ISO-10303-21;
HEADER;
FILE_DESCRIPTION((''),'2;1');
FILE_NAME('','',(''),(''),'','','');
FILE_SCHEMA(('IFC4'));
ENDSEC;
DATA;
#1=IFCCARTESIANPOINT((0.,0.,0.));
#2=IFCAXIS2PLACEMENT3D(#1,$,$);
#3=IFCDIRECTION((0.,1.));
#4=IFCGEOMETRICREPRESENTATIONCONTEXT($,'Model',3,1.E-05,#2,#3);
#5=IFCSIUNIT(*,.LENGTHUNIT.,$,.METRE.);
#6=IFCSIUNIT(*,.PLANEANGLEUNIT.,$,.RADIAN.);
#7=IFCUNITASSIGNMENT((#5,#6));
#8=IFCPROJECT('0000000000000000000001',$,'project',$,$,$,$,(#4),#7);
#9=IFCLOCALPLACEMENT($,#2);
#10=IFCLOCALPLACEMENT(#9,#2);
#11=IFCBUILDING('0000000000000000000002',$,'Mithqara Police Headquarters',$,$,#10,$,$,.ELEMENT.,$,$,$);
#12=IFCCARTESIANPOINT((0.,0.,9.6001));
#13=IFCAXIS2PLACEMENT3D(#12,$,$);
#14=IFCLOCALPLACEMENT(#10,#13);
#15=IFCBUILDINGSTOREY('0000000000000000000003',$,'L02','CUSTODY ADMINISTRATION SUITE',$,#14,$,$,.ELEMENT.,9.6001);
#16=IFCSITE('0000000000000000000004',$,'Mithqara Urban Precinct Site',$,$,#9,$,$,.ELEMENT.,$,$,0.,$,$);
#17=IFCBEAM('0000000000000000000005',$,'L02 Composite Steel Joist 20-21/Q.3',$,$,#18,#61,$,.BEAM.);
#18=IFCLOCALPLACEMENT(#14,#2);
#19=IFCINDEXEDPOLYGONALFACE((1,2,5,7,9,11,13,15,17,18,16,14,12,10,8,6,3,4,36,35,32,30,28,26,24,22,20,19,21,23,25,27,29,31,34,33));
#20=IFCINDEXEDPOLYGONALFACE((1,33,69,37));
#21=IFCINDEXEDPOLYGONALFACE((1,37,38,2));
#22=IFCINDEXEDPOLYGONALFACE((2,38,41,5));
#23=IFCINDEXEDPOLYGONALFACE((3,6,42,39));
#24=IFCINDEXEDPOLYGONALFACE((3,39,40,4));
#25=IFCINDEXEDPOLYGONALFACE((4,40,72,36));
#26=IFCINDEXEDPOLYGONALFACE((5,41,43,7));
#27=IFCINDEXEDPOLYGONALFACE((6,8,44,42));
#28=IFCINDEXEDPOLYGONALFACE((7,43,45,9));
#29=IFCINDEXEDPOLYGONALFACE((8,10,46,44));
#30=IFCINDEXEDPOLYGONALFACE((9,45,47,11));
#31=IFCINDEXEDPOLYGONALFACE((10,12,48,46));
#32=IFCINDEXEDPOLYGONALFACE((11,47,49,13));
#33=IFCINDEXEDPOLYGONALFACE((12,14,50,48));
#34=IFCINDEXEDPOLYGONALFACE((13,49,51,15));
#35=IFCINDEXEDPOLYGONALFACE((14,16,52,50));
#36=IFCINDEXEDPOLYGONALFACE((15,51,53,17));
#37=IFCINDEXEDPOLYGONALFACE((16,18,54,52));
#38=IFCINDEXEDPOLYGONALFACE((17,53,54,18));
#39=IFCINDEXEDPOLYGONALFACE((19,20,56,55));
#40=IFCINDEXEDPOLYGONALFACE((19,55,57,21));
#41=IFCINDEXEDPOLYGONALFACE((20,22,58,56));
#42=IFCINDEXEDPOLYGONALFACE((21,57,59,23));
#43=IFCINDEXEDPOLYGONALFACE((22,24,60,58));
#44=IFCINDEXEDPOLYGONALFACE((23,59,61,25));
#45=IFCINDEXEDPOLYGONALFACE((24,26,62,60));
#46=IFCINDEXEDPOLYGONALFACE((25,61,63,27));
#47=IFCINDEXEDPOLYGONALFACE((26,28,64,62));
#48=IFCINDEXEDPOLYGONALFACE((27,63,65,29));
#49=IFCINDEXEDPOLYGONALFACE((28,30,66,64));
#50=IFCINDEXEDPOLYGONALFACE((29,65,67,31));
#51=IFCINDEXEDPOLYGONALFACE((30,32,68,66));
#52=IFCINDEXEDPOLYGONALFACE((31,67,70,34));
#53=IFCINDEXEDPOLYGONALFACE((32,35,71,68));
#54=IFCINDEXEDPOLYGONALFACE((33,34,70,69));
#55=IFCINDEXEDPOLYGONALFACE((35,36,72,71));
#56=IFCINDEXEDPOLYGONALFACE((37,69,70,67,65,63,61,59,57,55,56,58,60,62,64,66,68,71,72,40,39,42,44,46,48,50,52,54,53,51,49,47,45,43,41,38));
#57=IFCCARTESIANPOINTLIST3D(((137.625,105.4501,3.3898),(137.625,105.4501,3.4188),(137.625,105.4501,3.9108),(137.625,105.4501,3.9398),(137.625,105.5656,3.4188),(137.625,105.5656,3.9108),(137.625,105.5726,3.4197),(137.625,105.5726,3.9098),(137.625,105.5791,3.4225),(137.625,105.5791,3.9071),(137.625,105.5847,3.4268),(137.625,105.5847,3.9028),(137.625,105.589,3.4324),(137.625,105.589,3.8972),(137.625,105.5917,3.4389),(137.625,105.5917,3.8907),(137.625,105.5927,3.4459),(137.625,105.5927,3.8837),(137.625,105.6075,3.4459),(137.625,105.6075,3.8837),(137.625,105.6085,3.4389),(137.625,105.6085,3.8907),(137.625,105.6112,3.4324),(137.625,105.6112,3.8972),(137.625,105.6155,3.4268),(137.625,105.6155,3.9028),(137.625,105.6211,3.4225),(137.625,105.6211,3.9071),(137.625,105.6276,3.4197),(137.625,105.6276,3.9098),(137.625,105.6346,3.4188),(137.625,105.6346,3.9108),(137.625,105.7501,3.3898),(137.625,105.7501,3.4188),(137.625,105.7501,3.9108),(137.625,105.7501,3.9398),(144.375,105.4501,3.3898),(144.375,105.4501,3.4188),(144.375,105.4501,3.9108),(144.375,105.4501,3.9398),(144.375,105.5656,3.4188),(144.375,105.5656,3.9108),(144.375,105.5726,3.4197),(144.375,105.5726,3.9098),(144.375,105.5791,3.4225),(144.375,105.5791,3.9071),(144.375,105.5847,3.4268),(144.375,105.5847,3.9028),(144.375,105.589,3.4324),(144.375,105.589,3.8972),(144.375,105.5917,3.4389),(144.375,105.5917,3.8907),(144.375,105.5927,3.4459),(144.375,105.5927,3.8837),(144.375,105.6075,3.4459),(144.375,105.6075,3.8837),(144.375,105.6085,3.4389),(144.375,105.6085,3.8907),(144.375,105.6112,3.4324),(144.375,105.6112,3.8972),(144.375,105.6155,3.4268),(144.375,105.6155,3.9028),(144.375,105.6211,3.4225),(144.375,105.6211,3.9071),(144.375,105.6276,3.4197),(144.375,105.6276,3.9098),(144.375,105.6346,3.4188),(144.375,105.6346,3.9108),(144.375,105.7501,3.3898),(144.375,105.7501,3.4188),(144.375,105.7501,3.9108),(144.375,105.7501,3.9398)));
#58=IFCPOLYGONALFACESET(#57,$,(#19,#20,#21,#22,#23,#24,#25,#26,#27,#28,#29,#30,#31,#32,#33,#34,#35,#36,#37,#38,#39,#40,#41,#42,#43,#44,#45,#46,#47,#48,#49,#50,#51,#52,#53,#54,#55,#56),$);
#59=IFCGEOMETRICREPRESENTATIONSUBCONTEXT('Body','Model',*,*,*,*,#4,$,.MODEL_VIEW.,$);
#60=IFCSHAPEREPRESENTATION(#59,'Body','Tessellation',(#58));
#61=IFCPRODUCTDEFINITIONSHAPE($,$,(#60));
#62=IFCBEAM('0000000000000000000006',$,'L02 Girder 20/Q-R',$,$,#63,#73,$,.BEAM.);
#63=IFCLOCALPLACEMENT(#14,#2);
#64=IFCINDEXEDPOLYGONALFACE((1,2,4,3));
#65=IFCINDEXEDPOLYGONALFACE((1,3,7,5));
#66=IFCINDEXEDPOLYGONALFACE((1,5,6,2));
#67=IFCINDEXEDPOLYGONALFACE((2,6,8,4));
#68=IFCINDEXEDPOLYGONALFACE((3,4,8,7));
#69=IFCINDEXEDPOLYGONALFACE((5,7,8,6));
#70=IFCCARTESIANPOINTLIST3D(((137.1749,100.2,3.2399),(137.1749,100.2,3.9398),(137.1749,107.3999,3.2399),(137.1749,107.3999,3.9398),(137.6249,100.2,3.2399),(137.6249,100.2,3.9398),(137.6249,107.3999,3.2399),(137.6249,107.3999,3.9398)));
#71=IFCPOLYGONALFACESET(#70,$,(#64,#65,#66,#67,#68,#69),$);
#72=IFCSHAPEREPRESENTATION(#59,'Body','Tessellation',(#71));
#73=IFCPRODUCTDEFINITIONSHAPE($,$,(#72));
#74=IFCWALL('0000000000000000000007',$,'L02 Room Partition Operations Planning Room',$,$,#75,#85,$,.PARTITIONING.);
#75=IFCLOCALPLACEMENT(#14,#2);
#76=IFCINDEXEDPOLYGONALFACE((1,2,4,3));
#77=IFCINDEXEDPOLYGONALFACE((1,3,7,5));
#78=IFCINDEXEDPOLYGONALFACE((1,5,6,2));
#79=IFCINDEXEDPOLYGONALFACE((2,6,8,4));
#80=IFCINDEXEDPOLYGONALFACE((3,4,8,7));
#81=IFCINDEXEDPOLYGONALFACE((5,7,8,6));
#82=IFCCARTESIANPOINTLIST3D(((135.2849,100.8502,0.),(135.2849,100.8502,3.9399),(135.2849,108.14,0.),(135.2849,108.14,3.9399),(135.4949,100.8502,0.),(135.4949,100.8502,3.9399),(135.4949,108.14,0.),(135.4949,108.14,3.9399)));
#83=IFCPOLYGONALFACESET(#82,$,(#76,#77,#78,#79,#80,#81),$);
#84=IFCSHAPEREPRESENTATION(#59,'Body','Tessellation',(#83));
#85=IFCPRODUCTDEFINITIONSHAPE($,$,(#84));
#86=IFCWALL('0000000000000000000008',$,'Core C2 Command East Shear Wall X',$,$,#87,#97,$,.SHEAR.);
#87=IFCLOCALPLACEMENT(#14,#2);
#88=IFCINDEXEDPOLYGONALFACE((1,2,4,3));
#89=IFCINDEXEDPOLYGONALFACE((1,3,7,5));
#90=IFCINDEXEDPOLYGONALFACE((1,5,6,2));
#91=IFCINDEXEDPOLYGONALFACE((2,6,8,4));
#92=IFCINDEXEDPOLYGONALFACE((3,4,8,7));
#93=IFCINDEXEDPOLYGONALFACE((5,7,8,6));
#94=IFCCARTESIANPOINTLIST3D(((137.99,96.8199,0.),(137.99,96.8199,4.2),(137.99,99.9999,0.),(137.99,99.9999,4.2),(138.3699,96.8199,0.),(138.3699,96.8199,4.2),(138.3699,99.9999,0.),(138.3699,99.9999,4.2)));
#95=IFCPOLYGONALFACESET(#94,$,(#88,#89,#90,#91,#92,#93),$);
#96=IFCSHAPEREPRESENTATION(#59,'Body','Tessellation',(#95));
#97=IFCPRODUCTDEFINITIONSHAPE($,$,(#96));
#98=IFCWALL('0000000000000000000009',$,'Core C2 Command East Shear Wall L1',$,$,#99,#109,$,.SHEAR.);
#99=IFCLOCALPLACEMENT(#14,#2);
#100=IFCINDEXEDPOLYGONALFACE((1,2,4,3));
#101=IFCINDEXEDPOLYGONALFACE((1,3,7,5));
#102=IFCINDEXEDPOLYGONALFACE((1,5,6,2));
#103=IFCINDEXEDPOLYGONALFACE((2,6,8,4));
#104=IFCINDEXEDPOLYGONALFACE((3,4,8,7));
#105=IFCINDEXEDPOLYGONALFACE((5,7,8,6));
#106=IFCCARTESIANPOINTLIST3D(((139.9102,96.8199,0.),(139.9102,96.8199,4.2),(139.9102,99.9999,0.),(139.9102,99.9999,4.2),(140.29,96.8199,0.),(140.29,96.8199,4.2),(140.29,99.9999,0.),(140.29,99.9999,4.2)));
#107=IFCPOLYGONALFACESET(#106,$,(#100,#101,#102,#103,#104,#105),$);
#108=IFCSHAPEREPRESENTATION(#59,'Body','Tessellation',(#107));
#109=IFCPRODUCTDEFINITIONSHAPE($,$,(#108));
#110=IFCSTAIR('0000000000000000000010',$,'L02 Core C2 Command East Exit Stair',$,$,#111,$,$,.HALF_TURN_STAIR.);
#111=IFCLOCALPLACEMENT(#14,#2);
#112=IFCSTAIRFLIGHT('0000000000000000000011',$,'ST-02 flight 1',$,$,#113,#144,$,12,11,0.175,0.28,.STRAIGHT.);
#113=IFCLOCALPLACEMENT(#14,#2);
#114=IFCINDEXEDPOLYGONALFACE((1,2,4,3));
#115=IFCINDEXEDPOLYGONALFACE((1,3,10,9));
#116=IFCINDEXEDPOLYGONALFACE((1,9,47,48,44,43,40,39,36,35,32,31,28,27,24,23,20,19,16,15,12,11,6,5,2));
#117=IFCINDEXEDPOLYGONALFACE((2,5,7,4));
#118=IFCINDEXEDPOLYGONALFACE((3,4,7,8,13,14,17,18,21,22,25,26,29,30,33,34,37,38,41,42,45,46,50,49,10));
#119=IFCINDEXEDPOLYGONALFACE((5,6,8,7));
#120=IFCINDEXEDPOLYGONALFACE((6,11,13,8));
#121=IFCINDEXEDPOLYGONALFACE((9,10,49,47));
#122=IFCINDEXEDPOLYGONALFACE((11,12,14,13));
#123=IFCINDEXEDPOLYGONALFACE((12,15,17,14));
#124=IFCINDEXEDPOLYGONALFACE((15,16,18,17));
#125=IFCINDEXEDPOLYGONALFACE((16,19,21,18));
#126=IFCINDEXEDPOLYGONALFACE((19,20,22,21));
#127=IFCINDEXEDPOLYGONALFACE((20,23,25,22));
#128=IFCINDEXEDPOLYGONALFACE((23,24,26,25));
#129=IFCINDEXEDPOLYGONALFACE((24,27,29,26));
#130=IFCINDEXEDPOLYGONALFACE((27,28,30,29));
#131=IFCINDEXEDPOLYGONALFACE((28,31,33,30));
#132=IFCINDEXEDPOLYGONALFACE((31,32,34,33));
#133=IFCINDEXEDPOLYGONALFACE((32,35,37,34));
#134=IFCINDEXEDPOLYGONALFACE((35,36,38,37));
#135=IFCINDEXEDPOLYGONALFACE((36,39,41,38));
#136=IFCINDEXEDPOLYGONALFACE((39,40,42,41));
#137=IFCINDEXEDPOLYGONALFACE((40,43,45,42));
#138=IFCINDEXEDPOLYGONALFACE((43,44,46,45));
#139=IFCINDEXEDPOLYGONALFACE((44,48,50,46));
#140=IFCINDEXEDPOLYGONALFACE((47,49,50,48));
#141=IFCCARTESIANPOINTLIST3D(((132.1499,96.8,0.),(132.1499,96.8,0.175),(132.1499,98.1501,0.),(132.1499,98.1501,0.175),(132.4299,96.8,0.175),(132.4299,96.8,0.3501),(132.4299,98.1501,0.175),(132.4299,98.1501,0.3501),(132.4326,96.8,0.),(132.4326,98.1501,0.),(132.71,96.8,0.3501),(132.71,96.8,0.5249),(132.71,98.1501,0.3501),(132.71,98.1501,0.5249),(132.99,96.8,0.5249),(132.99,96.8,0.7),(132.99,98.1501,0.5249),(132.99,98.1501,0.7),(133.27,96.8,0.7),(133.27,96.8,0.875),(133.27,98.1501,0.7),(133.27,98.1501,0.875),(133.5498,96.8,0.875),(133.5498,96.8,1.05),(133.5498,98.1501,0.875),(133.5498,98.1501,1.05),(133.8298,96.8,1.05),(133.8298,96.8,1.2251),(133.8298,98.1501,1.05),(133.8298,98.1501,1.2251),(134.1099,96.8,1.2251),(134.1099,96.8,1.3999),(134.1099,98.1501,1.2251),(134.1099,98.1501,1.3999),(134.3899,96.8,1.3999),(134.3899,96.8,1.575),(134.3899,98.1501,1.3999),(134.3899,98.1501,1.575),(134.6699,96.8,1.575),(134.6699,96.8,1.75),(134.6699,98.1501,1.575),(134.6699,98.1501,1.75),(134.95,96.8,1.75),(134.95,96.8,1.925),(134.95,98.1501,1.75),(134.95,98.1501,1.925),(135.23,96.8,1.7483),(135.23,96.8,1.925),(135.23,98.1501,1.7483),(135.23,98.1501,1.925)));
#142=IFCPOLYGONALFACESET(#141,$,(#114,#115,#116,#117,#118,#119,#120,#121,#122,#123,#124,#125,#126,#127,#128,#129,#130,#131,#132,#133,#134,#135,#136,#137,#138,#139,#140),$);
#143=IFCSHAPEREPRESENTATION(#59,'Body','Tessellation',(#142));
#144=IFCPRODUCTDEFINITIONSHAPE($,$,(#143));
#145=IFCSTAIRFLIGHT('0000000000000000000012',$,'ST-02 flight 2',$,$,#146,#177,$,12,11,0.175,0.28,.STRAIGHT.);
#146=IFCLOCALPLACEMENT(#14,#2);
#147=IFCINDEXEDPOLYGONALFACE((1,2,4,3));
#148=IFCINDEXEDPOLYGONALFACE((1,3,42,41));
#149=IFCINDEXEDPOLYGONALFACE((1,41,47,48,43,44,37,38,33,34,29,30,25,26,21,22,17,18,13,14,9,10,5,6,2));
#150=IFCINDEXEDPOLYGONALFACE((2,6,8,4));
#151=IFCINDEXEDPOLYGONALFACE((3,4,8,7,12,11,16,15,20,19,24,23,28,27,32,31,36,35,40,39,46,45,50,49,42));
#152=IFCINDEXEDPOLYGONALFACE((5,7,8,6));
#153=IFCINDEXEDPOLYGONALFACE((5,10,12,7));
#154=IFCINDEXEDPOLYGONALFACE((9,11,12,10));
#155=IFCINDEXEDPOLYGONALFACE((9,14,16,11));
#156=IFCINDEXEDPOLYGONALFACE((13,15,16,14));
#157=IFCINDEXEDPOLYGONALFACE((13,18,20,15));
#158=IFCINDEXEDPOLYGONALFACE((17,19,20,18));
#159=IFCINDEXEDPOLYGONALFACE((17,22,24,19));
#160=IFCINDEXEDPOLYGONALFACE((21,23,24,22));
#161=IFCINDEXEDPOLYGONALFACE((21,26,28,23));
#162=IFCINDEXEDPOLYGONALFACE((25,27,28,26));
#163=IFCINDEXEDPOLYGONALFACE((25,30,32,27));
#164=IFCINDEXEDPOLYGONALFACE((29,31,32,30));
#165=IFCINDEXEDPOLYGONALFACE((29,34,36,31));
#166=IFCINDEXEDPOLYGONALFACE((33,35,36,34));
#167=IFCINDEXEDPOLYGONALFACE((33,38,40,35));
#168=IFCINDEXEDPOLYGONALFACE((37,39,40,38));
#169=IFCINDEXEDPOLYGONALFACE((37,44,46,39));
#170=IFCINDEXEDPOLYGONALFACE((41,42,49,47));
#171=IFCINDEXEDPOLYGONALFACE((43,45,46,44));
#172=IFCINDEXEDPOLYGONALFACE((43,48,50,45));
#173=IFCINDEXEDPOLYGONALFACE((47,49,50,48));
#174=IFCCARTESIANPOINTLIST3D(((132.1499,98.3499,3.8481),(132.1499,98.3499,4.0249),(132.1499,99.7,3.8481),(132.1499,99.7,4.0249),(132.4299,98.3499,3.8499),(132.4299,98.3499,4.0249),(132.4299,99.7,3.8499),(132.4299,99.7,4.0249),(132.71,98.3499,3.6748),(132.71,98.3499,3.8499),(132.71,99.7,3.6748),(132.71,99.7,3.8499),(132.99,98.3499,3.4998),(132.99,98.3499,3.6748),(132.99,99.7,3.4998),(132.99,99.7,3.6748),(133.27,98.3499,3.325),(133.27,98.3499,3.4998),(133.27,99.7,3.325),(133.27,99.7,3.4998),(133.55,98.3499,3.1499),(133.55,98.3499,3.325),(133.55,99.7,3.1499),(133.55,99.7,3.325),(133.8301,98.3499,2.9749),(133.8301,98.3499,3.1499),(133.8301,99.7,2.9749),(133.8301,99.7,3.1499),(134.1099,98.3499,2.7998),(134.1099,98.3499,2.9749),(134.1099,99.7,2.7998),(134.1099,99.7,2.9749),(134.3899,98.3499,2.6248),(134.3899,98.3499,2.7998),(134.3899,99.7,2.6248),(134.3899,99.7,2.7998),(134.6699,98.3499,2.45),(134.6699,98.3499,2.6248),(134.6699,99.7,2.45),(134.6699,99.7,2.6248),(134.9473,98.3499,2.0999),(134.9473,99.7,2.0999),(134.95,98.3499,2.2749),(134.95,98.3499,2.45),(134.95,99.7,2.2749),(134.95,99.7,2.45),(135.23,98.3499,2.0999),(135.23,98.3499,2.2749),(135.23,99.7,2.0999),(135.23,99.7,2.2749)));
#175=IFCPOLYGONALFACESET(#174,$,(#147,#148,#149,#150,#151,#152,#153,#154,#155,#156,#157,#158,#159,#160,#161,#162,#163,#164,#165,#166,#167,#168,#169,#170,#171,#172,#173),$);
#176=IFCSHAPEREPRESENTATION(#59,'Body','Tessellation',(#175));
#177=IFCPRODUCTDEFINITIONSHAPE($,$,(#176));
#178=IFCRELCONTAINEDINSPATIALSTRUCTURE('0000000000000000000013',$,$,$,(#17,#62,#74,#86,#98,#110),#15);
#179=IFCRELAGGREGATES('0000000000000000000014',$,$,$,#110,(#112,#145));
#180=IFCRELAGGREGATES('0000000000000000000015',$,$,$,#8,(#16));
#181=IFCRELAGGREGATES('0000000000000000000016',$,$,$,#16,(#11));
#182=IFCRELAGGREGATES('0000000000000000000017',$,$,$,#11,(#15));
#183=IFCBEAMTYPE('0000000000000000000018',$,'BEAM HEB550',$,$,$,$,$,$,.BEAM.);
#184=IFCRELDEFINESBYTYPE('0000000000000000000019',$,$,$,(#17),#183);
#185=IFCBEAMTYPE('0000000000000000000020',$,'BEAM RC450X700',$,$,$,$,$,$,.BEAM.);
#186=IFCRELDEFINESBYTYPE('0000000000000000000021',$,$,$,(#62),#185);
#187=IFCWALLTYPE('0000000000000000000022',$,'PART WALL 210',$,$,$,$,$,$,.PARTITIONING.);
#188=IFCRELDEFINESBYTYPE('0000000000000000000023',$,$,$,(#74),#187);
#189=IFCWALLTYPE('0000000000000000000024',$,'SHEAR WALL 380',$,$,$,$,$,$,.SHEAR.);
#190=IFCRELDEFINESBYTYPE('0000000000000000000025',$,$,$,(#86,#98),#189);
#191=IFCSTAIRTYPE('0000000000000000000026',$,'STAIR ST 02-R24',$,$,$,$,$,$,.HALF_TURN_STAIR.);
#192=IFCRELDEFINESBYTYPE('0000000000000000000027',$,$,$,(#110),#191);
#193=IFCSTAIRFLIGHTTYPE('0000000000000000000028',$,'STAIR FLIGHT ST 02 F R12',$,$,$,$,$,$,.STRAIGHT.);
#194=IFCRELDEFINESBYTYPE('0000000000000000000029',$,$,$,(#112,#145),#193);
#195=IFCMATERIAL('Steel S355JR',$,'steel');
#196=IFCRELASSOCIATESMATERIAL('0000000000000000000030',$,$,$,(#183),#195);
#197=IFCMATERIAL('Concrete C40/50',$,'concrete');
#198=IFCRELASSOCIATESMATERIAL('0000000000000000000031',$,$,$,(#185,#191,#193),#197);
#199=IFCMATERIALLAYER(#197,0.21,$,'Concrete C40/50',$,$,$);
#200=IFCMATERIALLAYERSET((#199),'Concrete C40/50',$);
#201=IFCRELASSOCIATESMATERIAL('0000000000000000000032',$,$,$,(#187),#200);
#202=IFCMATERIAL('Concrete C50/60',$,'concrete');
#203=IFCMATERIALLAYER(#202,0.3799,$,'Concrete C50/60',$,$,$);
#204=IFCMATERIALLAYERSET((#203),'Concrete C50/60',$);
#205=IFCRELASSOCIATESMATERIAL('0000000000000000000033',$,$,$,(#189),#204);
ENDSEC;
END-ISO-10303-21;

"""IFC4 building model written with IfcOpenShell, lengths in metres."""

from ifc_helpers import new_model, si_unit, direction, frame, frame_2d, origin, origin_2d, place, context, subcontext, project, spatial, polyline, rectangle, i_section, outline, extrude, material, layer, layer_set, material_profile, profile_set, type_object, element, aggregate, save


model = new_model("IFC4")

# Units and contexts
model_context = context("Model", 3, precision=1e-05, world=origin(), true_north=direction((0.0, 1.0)))
body_context = subcontext(model_context, "Body", "Model", "MODEL_VIEW")
ifc_project = project(units=[si_unit("LENGTHUNIT", "METRE"), si_unit("PLANEANGLEUNIT", "RADIAN")], contexts=[model_context])

# Site, building, storey
site_placement = place(None, origin())
site = spatial("IfcSite", under=ifc_project, at=site_placement, Name="Mithqara Urban Precinct Site", CompositionType="ELEMENT", RefElevation=0.0)
building_placement = place(site_placement, origin())
building = spatial("IfcBuilding", under=site, at=building_placement, Name="Mithqara Police Headquarters", CompositionType="ELEMENT")
storey_placement = place(building_placement, frame((0.0, 0.0, 9.6001)))
storey = spatial("IfcBuildingStorey", under=building, at=storey_placement, Name="L02", Description="CUSTODY ADMINISTRATION SUITE", CompositionType="ELEMENT", Elevation=9.6001)

# Beams
ifc_material_1 = material(Name="Steel S355JR", Category="steel")
ifc_material_profile_1 = material_profile(ifc_material_1, i_section(OverallWidth=0.3, OverallDepth=0.55, WebThickness=0.0149, FlangeThickness=0.0291, FilletRadius=0.0271, at=origin_2d()), Name="HEB 550")
ifc_profile_set_1 = profile_set([ifc_material_profile_1], Name="Steel S355JR")
beam_type_1 = type_object("IfcBeamType", Name="BEAM HEB550", PredefinedType="BEAM", material=ifc_profile_set_1)
for number, where, z_axis, x_axis, name in (
    (1, (137.625, 105.6001, 3.6648), (1.0, 0.0, 0.0), (0.0, 1.0, 0.0), "L02 Composite Steel Joist 20-21/Q.3"),
):
    element("IfcBeam", number, at=place(storey_placement, frame(where, z_axis=z_axis, x_axis=x_axis)), inside=storey, type_object=beam_type_1, Name=name, PredefinedType="BEAM", context=body_context, shape_type="SweptSolid", body=[
        extrude(i_section(OverallWidth=0.3, OverallDepth=0.55, WebThickness=0.0149, FlangeThickness=0.0291, FilletRadius=0.0271, at=origin_2d()), origin(), (0.0, 0.0, 1.0), 6.75),
    ])
ifc_material_2 = material(Name="Concrete C40/50", Category="concrete")
ifc_material_profile_2 = material_profile(ifc_material_2, rectangle(XDim=0.45, YDim=0.7, at=origin_2d()), Name="RC 450x700")
ifc_profile_set_2 = profile_set([ifc_material_profile_2], Name="Concrete C40/50")
beam_type_2 = type_object("IfcBeamType", Name="BEAM RC450X700", PredefinedType="BEAM", material=ifc_profile_set_2)
beam_placement = place(storey_placement, frame((137.3999, 100.2, 3.5898), z_axis=(0.0, 1.0, 0.0), x_axis=(-1.0, 0.0, 0.0)))
element("IfcBeam", 2, at=beam_placement, inside=storey, type_object=beam_type_2, Name="L02 Girder 20/Q-R", PredefinedType="BEAM", context=body_context, shape_type="SweptSolid", body=[
    extrude(rectangle(XDim=0.45, YDim=0.7, at=origin_2d()), origin(), (0.0, 0.0, 1.0), 7.2),
])

# Walls
ifc_layer_1 = layer(ifc_material_2, 0.21, Name="Concrete C40/50")
ifc_layer_set_1 = layer_set([ifc_layer_1], Name="Concrete C40/50")
wall_type_1 = type_object("IfcWallType", Name="PART WALL 210", PredefinedType="PARTITIONING", material=ifc_layer_set_1)
wall_placement = place(storey_placement, frame((135.3899, 100.8501, 0.0), z_axis=(0.0, 0.0, 1.0), x_axis=(0.0, 1.0, 0.0)))
element("IfcWall", 3, at=wall_placement, inside=storey, type_object=wall_type_1, Name="L02 Room Partition Operations Planning Room", PredefinedType="PARTITIONING", context=body_context, shape_type="SweptSolid", body=[
    extrude(rectangle(XDim=7.2898, YDim=0.21, at=frame_2d((3.645, 0.0))), origin(), (0.0, 0.0, 1.0), 3.9399),
])
ifc_material_3 = material(Name="Concrete C50/60", Category="concrete")
ifc_layer_2 = layer(ifc_material_3, 0.3799, Name="Concrete C50/60")
ifc_layer_set_2 = layer_set([ifc_layer_2], Name="Concrete C50/60")
wall_type_2 = type_object("IfcWallType", Name="SHEAR WALL 380", PredefinedType="SHEAR", material=ifc_layer_set_2)
for number, where, z_axis, x_axis, name in (
    (4, (138.1799, 96.8201, 0.0), (0.0, 0.0, 1.0), (0.0, 1.0, 0.0), "Core C2 Command East Shear Wall X"),
    (5, (140.1001, 96.8201, 0.0), (0.0, 0.0, 1.0), (0.0, 1.0, 0.0), "Core C2 Command East Shear Wall L1"),
):
    element("IfcWall", number, at=place(storey_placement, frame(where, z_axis=z_axis, x_axis=x_axis)), inside=storey, type_object=wall_type_2, Name=name, PredefinedType="SHEAR", context=body_context, shape_type="SweptSolid", body=[
        extrude(rectangle(XDim=3.1799, YDim=0.3799, at=frame_2d((1.5898, 0.0))), origin(), (0.0, 0.0, 1.0), 4.2),
    ])

# Stair, stair flights
stair_type = type_object("IfcStairType", Name="STAIR ST 02-R24", PredefinedType="HALF_TURN_STAIR", material=ifc_material_2)
stair_placement = place(storey_placement, origin())
stair = element("IfcStair", 6, at=stair_placement, inside=storey, type_object=stair_type, Name="L02 Core C2 Command East Exit Stair", PredefinedType="HALF_TURN_STAIR")
stair_flight_type = type_object("IfcStairFlightType", Name="STAIR FLIGHT ST 02 F R12", PredefinedType="STRAIGHT", material=ifc_material_2)
stair_flight_1_placement = place(storey_placement, frame((132.1499, 97.4751, 0.0), z_axis=(0.0, 0.0, 1.0), x_axis=(1.0, 0.0, 0.0)))
stair_flight_1 = element("IfcStairFlight", 7, at=stair_flight_1_placement, type_object=stair_flight_type, Name="ST-02 flight 1", NumberOfRisers=12, NumberOfTreads=11, PredefinedType="STRAIGHT", RiserHeight=0.175, TreadLength=0.28, context=body_context, shape_type="SweptSolid", body=[
    extrude(outline(polyline([(0.0, 0.0), (0.0, 0.175), (0.28, 0.175), (0.28, 0.3501), (0.5601, 0.3501), (0.5601, 0.5249), (0.8401, 0.5249), (0.8401, 0.7), (1.1201, 0.7), (1.1201, 0.875), (1.3999, 0.875), (1.3999, 1.05), (1.6799, 1.05), (1.6799, 1.2251), (1.96, 1.2251), (1.96, 1.3999), (2.24, 1.3999), (2.24, 1.575), (2.52, 1.575), (2.52, 1.75), (2.8, 1.75), (2.8, 1.925), (3.0801, 1.925), (3.0801, 2.1001), (3.0801, 1.7483), (0.2827, 0.0), (0.0, 0.0)])), frame((0.0, 0.675, 0.0), z_axis=(0.0, -1.0, 0.0), x_axis=(1.0, 0.0, 0.0)), (0.0, 0.0, 1.0), 1.3501),
])
stair_flight_2_placement = place(storey_placement, frame((135.23, 99.0249, 2.0999), z_axis=(0.0, 0.0, 1.0), x_axis=(-1.0, 0.0, 0.0)))
stair_flight_2 = element("IfcStairFlight", 8, at=stair_flight_2_placement, type_object=stair_flight_type, Name="ST-02 flight 2", NumberOfRisers=12, NumberOfTreads=11, PredefinedType="STRAIGHT", RiserHeight=0.175, TreadLength=0.28, context=body_context, shape_type="SweptSolid", body=[
    extrude(outline(polyline([(0.0, 0.0), (0.0, 0.175), (0.28, 0.175), (0.28, 0.3501), (0.5601, 0.3501), (0.5601, 0.5249), (0.8401, 0.5249), (0.8401, 0.7), (1.1201, 0.7), (1.1201, 0.875), (1.3999, 0.875), (1.3999, 1.05), (1.6799, 1.05), (1.6799, 1.2251), (1.96, 1.2251), (1.96, 1.3999), (2.24, 1.3999), (2.24, 1.575), (2.52, 1.575), (2.52, 1.75), (2.8, 1.75), (2.8, 1.925), (3.0801, 1.925), (3.0801, 2.1001), (3.0801, 1.7483), (0.2827, 0.0), (0.0, 0.0)])), frame((0.0, 0.675, 0.0), z_axis=(0.0, -1.0, 0.0), x_axis=(1.0, 0.0, 0.0)), (0.0, 0.0, 1.0), 1.3501),
])
aggregate(stair, [stair_flight_1, stair_flight_2])

save(model, "model.ifc")
